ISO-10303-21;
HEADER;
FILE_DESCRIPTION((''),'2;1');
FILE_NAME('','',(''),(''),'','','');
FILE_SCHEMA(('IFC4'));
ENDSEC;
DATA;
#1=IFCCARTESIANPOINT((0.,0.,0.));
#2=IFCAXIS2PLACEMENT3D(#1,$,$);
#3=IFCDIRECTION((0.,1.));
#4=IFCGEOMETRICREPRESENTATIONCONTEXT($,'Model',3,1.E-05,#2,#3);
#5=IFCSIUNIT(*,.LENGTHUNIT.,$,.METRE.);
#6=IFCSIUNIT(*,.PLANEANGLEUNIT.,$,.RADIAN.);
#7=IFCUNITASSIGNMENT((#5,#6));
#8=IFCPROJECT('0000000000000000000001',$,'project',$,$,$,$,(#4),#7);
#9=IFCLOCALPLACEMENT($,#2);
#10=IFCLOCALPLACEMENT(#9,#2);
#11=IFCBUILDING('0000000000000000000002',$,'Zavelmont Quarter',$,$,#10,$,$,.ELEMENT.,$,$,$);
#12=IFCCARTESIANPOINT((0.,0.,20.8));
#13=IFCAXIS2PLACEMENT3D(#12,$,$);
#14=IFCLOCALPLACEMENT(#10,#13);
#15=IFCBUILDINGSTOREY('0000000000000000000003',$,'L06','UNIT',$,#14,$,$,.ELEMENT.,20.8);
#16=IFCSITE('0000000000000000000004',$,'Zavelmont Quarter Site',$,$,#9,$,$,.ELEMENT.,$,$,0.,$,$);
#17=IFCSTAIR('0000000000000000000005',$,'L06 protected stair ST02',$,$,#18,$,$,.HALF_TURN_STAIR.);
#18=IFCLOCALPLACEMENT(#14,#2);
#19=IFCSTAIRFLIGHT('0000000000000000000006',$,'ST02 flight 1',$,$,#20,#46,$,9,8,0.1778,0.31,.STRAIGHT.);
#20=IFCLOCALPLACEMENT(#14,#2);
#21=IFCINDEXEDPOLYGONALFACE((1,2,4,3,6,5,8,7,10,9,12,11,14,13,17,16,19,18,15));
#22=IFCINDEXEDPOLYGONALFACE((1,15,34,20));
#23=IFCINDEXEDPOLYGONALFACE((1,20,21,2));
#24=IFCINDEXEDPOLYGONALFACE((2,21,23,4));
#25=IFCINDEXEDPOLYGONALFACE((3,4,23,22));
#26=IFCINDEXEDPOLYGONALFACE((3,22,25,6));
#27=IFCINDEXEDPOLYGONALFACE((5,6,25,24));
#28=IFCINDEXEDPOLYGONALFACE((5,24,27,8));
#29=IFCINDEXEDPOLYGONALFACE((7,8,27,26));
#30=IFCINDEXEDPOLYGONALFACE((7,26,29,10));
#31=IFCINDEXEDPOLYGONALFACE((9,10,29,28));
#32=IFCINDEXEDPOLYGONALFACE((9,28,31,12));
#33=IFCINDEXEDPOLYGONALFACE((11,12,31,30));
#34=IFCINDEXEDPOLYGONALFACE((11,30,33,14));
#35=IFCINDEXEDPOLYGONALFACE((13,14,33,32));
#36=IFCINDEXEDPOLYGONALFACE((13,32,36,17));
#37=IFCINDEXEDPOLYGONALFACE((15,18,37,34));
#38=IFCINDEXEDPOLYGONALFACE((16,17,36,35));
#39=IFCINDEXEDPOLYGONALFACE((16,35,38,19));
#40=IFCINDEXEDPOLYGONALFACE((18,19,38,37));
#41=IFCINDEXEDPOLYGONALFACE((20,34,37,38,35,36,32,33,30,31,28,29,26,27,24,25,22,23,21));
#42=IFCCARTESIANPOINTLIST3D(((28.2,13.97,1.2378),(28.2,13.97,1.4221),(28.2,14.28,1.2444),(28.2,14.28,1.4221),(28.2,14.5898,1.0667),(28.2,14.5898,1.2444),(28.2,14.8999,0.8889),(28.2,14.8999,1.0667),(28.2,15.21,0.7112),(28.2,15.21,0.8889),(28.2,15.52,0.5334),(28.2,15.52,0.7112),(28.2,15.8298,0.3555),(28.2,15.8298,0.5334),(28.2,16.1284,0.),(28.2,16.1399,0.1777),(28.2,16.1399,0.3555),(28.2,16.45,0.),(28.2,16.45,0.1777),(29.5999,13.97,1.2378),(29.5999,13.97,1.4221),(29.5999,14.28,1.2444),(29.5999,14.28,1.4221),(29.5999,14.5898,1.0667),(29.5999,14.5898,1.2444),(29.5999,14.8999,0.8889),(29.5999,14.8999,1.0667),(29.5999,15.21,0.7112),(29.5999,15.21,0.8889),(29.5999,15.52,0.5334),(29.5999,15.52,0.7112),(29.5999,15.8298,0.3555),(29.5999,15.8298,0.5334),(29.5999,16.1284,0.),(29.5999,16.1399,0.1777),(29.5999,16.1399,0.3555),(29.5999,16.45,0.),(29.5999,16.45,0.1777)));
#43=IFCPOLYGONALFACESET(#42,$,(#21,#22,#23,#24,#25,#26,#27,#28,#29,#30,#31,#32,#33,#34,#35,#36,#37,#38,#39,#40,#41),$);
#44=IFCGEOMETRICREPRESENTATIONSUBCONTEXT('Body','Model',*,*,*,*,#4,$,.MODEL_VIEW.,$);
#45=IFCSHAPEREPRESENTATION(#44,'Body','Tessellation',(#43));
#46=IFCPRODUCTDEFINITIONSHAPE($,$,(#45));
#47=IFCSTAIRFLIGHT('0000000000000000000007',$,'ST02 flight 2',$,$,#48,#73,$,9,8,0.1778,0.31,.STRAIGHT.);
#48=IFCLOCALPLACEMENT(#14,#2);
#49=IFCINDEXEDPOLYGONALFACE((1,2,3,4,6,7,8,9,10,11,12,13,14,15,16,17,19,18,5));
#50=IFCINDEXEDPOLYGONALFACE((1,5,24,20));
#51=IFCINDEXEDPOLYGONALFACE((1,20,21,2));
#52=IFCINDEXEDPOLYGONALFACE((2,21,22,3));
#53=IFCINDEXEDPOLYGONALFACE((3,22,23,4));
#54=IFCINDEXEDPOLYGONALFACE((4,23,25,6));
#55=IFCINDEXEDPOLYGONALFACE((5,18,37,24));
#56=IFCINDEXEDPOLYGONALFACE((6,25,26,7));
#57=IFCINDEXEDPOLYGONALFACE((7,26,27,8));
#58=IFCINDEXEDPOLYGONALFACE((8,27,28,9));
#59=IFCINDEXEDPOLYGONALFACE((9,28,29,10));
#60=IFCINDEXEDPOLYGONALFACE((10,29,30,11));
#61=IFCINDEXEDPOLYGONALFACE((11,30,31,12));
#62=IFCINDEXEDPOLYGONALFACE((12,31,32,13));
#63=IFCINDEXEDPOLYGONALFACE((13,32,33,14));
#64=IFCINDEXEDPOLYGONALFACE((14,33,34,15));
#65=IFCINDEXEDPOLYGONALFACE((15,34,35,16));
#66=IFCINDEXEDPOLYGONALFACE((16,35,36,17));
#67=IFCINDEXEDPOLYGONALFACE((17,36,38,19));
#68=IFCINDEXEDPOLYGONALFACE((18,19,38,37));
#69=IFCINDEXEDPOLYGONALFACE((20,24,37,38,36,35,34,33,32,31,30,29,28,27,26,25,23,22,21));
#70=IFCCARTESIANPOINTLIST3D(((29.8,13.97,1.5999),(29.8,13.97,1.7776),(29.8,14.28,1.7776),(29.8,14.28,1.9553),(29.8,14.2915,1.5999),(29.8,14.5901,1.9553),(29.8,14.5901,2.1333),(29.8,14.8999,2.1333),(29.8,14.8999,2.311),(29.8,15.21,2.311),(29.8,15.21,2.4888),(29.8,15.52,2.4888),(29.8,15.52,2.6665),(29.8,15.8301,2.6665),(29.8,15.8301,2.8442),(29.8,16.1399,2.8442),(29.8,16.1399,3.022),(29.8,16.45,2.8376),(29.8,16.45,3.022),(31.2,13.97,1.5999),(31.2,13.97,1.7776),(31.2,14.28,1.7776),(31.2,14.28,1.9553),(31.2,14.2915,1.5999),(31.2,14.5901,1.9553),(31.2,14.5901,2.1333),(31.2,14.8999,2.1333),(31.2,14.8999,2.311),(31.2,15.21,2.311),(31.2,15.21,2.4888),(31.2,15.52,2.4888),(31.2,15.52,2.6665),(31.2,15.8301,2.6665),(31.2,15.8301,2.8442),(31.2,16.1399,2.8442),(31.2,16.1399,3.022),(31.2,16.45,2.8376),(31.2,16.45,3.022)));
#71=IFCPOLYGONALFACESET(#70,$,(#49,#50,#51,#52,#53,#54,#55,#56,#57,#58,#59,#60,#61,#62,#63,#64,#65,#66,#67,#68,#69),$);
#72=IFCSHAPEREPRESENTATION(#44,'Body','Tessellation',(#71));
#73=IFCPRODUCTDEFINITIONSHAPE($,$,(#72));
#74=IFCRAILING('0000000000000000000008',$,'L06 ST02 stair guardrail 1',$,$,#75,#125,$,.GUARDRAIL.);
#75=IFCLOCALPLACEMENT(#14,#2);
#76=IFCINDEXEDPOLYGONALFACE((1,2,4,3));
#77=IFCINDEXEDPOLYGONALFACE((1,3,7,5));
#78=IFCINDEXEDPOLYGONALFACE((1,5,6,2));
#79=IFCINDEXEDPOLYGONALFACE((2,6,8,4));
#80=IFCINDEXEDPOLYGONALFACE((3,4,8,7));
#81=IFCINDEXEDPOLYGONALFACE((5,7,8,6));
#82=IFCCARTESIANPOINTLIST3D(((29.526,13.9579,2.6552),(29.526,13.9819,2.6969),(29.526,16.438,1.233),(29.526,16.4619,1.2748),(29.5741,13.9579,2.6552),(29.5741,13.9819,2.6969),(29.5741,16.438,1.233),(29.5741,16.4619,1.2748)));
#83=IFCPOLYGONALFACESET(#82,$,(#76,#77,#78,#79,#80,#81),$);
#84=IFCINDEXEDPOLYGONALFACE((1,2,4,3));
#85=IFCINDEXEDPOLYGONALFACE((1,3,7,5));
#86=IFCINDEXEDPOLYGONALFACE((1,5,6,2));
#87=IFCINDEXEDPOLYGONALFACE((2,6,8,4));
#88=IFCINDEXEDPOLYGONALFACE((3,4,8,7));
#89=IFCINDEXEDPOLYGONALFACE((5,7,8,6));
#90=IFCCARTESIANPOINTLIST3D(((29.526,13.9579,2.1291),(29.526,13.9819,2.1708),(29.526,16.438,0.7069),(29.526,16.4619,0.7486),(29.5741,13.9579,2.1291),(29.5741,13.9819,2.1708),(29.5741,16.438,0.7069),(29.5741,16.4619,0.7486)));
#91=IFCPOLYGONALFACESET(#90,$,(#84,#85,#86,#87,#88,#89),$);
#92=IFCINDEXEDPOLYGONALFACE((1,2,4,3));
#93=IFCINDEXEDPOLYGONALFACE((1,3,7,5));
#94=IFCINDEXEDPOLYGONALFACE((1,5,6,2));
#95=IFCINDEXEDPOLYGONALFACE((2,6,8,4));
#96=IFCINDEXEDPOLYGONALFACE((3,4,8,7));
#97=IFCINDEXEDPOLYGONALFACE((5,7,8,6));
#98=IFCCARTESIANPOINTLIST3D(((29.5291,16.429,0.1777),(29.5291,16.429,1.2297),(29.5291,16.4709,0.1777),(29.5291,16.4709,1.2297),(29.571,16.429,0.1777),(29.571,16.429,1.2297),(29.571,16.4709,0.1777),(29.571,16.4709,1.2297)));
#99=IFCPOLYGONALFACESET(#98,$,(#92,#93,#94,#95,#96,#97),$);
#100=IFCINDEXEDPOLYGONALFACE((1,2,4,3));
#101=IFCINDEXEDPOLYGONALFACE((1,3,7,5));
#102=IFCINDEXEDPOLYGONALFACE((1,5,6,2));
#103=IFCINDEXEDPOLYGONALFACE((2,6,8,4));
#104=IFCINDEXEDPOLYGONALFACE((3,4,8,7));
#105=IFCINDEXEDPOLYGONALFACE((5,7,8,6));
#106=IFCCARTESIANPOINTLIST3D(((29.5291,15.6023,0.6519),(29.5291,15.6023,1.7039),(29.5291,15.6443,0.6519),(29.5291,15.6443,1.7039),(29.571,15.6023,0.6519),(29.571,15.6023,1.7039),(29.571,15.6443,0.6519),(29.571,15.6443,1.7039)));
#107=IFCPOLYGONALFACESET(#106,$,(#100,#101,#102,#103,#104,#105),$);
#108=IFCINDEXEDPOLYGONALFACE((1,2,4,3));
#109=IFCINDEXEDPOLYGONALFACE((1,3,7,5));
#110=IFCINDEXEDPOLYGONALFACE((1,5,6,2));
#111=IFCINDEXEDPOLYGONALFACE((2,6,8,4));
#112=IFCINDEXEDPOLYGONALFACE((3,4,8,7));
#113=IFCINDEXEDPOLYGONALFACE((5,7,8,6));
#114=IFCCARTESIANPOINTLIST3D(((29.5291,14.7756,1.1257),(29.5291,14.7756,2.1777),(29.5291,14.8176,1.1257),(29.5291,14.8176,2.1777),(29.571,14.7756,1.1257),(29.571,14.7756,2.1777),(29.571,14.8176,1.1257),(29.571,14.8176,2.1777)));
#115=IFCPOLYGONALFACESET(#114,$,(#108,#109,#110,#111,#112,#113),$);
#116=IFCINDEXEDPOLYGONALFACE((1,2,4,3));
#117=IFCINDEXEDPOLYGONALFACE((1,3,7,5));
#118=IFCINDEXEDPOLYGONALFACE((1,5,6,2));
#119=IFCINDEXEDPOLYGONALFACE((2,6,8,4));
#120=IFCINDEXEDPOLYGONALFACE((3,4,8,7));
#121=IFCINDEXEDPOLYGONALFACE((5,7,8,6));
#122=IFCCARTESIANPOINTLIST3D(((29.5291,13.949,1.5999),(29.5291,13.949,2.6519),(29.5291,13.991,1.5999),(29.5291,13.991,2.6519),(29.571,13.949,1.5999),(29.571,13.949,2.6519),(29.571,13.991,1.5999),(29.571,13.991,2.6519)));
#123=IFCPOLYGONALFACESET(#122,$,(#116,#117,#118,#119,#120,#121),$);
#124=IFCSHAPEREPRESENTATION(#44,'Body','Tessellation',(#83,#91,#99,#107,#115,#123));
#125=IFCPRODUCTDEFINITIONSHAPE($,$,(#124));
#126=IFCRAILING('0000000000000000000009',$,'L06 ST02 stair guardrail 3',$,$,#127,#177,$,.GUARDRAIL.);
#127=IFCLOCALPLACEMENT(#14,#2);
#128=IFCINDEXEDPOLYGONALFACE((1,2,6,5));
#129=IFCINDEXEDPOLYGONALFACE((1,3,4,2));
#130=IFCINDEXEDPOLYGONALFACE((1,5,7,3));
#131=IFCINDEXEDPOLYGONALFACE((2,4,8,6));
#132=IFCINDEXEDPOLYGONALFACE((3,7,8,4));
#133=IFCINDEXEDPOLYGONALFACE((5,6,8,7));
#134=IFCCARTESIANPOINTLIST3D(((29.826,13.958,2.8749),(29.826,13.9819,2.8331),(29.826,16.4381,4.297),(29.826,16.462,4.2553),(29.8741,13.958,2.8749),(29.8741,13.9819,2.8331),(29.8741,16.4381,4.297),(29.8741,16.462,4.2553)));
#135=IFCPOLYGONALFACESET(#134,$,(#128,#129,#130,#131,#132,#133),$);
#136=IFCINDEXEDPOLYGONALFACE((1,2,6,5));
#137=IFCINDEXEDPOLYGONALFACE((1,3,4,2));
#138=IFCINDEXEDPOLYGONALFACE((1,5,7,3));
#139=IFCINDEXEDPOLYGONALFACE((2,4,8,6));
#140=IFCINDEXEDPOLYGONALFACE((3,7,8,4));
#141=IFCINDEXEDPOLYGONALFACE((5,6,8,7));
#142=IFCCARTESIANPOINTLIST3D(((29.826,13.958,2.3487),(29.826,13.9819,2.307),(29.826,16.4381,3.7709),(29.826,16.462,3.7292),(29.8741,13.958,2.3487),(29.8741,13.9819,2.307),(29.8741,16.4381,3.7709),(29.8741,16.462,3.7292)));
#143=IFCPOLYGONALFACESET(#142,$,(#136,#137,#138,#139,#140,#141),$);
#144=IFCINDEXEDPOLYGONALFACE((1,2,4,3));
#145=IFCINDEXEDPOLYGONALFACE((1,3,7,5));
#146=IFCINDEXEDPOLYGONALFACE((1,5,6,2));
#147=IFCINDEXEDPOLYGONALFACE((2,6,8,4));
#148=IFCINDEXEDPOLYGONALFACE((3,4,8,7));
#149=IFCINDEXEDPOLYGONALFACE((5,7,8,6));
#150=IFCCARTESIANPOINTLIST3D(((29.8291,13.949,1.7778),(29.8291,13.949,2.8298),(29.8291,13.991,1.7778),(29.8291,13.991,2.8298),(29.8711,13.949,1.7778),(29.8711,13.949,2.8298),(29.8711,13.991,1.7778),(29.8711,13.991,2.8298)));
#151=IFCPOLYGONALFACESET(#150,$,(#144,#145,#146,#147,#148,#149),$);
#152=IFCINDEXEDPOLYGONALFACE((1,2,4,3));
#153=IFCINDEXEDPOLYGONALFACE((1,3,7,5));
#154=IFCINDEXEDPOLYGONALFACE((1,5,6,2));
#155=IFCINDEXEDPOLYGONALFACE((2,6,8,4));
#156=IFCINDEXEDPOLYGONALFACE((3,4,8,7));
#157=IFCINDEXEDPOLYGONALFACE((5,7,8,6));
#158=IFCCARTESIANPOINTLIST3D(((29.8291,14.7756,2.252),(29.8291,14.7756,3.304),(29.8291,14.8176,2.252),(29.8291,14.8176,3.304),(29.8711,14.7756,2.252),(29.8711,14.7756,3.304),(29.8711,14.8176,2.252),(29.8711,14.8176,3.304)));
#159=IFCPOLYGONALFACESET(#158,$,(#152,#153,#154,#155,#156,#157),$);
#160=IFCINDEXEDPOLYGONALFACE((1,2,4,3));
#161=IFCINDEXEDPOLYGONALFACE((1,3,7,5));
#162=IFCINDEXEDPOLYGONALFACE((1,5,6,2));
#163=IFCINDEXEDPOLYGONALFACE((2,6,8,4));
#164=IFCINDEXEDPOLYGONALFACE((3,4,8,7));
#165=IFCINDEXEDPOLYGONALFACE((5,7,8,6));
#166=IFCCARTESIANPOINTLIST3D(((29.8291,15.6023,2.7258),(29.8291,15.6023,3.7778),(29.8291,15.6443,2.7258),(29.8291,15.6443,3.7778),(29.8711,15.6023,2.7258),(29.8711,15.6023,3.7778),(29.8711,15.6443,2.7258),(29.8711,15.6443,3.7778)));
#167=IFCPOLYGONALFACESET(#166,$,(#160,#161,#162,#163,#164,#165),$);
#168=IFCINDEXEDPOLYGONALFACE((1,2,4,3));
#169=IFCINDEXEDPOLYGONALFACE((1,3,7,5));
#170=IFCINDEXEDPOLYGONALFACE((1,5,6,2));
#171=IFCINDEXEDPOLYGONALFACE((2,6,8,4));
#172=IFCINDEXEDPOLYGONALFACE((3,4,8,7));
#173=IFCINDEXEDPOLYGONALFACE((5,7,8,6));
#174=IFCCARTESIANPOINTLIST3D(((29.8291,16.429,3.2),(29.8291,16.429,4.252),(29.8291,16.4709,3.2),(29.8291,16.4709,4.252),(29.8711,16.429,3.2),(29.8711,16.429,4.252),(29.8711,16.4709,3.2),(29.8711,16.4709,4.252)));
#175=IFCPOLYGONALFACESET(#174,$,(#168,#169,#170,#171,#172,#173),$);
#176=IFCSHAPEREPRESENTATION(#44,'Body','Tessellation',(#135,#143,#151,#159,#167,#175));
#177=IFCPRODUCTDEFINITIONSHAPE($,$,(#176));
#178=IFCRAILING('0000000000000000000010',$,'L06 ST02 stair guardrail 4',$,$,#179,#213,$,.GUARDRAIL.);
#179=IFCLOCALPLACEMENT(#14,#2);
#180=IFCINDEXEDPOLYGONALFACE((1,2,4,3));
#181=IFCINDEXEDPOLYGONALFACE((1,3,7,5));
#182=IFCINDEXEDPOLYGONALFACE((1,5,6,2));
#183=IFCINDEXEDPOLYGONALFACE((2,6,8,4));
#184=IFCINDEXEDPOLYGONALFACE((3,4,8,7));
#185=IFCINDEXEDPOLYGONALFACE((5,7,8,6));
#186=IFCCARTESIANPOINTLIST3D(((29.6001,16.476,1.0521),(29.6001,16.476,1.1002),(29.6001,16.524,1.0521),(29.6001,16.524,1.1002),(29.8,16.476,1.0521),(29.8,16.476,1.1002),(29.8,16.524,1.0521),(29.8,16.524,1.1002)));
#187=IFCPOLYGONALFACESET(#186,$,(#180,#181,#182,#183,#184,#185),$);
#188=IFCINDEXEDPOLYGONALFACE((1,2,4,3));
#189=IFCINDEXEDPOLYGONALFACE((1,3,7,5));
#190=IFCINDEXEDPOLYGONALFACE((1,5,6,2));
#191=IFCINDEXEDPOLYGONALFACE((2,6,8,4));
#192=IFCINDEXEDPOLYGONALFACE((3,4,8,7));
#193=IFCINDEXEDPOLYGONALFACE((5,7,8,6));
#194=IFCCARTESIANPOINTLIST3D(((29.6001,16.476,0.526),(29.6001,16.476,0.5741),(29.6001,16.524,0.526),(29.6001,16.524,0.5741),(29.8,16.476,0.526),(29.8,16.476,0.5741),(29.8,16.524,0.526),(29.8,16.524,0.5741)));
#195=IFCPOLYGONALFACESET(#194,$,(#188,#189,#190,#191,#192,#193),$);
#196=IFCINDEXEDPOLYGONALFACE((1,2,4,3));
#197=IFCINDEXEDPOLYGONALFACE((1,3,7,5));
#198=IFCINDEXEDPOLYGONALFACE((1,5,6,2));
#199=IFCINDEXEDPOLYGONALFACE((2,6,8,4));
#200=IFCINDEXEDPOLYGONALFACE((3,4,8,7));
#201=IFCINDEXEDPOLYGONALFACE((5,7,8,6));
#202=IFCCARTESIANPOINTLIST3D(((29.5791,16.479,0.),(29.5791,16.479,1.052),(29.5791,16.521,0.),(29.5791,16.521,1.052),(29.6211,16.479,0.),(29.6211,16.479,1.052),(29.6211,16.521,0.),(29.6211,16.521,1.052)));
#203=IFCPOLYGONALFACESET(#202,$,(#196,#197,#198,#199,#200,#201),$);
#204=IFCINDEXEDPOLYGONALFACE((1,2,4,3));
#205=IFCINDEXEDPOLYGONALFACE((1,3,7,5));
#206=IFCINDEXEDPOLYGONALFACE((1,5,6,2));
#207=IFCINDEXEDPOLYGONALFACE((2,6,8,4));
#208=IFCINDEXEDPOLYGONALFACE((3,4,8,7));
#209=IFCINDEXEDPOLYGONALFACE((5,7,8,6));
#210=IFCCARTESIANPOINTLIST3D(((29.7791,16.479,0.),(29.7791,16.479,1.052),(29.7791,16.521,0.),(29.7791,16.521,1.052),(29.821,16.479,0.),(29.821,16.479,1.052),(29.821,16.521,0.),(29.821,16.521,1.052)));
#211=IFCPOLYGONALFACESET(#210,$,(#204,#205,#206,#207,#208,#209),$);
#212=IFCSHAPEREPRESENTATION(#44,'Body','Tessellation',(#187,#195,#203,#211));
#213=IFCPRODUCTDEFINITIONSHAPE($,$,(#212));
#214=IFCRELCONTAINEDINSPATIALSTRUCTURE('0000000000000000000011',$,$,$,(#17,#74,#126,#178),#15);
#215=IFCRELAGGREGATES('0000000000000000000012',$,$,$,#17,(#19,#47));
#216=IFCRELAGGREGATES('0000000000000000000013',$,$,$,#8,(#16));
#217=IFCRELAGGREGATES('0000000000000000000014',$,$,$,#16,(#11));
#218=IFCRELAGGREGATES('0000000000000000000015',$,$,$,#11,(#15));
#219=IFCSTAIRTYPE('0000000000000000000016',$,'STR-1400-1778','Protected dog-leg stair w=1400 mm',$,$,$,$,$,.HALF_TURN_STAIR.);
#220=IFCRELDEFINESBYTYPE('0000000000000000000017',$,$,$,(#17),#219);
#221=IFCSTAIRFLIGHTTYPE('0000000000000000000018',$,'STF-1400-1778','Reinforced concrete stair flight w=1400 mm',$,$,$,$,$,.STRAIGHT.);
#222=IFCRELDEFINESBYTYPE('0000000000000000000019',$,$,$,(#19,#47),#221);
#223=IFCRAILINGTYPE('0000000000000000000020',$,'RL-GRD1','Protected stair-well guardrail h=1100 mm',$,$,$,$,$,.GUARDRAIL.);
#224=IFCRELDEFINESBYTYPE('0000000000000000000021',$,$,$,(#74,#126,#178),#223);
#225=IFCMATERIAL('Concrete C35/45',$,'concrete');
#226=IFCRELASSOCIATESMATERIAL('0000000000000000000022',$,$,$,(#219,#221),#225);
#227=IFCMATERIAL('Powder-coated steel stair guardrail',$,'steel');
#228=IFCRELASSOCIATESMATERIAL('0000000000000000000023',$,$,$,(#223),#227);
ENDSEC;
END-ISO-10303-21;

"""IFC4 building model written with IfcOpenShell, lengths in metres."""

from ifc_helpers import new_model, si_unit, direction, frame, origin, origin_2d, place, context, subcontext, project, spatial, polyline, rectangle, outline, extrude, material, type_object, element, aggregate, save


model = new_model("IFC4")

# Units and contexts
model_context = context("Model", 3, precision=1e-05, world=origin(), true_north=direction((0.0, 1.0)))
body_context = subcontext(model_context, "Body", "Model", "MODEL_VIEW")
ifc_project = project(units=[si_unit("LENGTHUNIT", "METRE"), si_unit("PLANEANGLEUNIT", "RADIAN")], contexts=[model_context])

# Site, building, storey
site_placement = place(None, origin())
site = spatial("IfcSite", under=ifc_project, at=site_placement, Name="Zavelmont Quarter Site", CompositionType="ELEMENT", RefElevation=0.0)
building_placement = place(site_placement, origin())
building = spatial("IfcBuilding", under=site, at=building_placement, Name="Zavelmont Quarter", CompositionType="ELEMENT")
storey_placement = place(building_placement, frame((0.0, 0.0, 20.8)))
storey = spatial("IfcBuildingStorey", under=building, at=storey_placement, Name="L06", Description="UNIT", CompositionType="ELEMENT", Elevation=20.8)

# Shared definitions
ifc_material_1 = material(Name="Concrete C35/45", Category="concrete")

# Stair, stair flights
stair_type = type_object("IfcStairType", Name="STR-1400-1778", Description="Protected dog-leg stair w=1400 mm", PredefinedType="HALF_TURN_STAIR", material=ifc_material_1)
stair_placement = place(storey_placement, origin())
stair = element("IfcStair", 1, at=stair_placement, inside=storey, type_object=stair_type, Name="L06 protected stair ST02", PredefinedType="HALF_TURN_STAIR")
stair_flight_type = type_object("IfcStairFlightType", Name="STF-1400-1778", Description="Reinforced concrete stair flight w=1400 mm", PredefinedType="STRAIGHT", material=ifc_material_1)
stair_flight_1_placement = place(storey_placement, frame((28.8999, 16.45, 0.0), z_axis=(0.0, 0.0, 1.0), x_axis=(0.0, -1.0, 0.0)))
stair_flight_1 = element("IfcStairFlight", 2, at=stair_flight_1_placement, type_object=stair_flight_type, Name="ST02 flight 1", NumberOfRisers=9, NumberOfTreads=8, PredefinedType="STRAIGHT", RiserHeight=0.1778, TreadLength=0.31, context=body_context, shape_type="SweptSolid", body=[
    extrude(outline(polyline([(0.0, 0.0), (0.0, 0.1777), (0.3101, 0.1777), (0.3101, 0.3555), (0.6201, 0.3555), (0.6201, 0.5334), (0.9299, 0.5334), (0.9299, 0.7112), (1.24, 0.7112), (1.24, 0.8889), (1.55, 0.8889), (1.55, 1.0667), (1.8601, 1.0667), (1.8601, 1.2444), (2.1699, 1.2444), (2.1699, 1.4221), (2.48, 1.4221), (2.48, 1.6001), (2.48, 1.2378), (0.3215, 0.0), (0.0, 0.0)])), frame((0.0, 0.7, 0.0), z_axis=(0.0, -1.0, 0.0), x_axis=(1.0, 0.0, 0.0)), (0.0, 0.0, 1.0), 1.3999),
])
stair_flight_2_placement = place(storey_placement, frame((30.5, 13.97, 1.5999), z_axis=(0.0, 0.0, 1.0), x_axis=(0.0, 1.0, 0.0)))
stair_flight_2 = element("IfcStairFlight", 3, at=stair_flight_2_placement, type_object=stair_flight_type, Name="ST02 flight 2", NumberOfRisers=9, NumberOfTreads=8, PredefinedType="STRAIGHT", RiserHeight=0.1778, TreadLength=0.31, context=body_context, shape_type="SweptSolid", body=[
    extrude(outline(polyline([(0.0, 0.0), (0.0, 0.1777), (0.3101, 0.1777), (0.3101, 0.3555), (0.6201, 0.3555), (0.6201, 0.5334), (0.9299, 0.5334), (0.9299, 0.7112), (1.24, 0.7112), (1.24, 0.8889), (1.55, 0.8889), (1.55, 1.0667), (1.8601, 1.0667), (1.8601, 1.2444), (2.1699, 1.2444), (2.1699, 1.4221), (2.48, 1.4221), (2.48, 1.6001), (2.48, 1.2378), (0.3215, 0.0), (0.0, 0.0)])), frame((0.0, 0.7, 0.0), z_axis=(0.0, -1.0, 0.0), x_axis=(1.0, 0.0, 0.0)), (0.0, 0.0, 1.0), 1.3999),
])
aggregate(stair, [stair_flight_1, stair_flight_2])

# Railings
ifc_material_2 = material(Name="Powder-coated steel stair guardrail", Category="steel")
railing_type_1 = type_object("IfcRailingType", Name="RL-GRD1", Description="Protected stair-well guardrail h=1100 mm", PredefinedType="GUARDRAIL", material=ifc_material_2)
railing_1_placement = place(storey_placement, frame((29.55, 16.45, 0.1777)))
element("IfcRailing", 4, at=railing_1_placement, inside=storey, type_object=railing_type_1, Name="L06 ST02 stair guardrail 1", PredefinedType="GUARDRAIL", context=body_context, shape_type="SweptSolid", body=[
    extrude(rectangle(XDim=0.0481, YDim=0.0481, at=origin_2d()), frame((0.0, 0.0, 1.0762), z_axis=(0.0, -0.867491, 0.497454), x_axis=(1.0, 0.0, 0.0)), (0.0, 0.0, 1.0), 2.8589),
    extrude(rectangle(XDim=0.0481, YDim=0.0481, at=origin_2d()), frame((0.0, 0.0, 0.55), z_axis=(0.0, -0.867491, 0.497454), x_axis=(1.0, 0.0, 0.0)), (0.0, 0.0, 1.0), 2.8589),
    extrude(rectangle(XDim=0.042, YDim=0.042, at=origin_2d()), origin(), (0.0, 0.0, 1.0), 1.052),
    extrude(rectangle(XDim=0.042, YDim=0.042, at=origin_2d()), frame((0.0, -0.8267, 0.4741)), (0.0, 0.0, 1.0), 1.052),
    extrude(rectangle(XDim=0.042, YDim=0.042, at=origin_2d()), frame((0.0, -1.6533, 0.948)), (0.0, 0.0, 1.0), 1.052),
    extrude(rectangle(XDim=0.042, YDim=0.042, at=origin_2d()), frame((0.0, -2.48, 1.4221)), (0.0, 0.0, 1.0), 1.052),
])
railing_2_placement = place(storey_placement, frame((29.8501, 13.97, 1.7778)))
element("IfcRailing", 5, at=railing_2_placement, inside=storey, type_object=railing_type_1, Name="L06 ST02 stair guardrail 3", PredefinedType="GUARDRAIL", context=body_context, shape_type="SweptSolid", body=[
    extrude(rectangle(XDim=0.0481, YDim=0.0481, at=origin_2d()), frame((0.0, 0.0, 1.0762), z_axis=(0.0, 0.867491, 0.497454), x_axis=(-1.0, 0.0, 0.0)), (0.0, 0.0, 1.0), 2.8589),
    extrude(rectangle(XDim=0.0481, YDim=0.0481, at=origin_2d()), frame((0.0, 0.0, 0.55), z_axis=(0.0, 0.867491, 0.497454), x_axis=(-1.0, 0.0, 0.0)), (0.0, 0.0, 1.0), 2.8589),
    extrude(rectangle(XDim=0.042, YDim=0.042, at=origin_2d()), origin(), (0.0, 0.0, 1.0), 1.052),
    extrude(rectangle(XDim=0.042, YDim=0.042, at=origin_2d()), frame((0.0, 0.8267, 0.4741)), (0.0, 0.0, 1.0), 1.052),
    extrude(rectangle(XDim=0.042, YDim=0.042, at=origin_2d()), frame((0.0, 1.6533, 0.948)), (0.0, 0.0, 1.0), 1.052),
    extrude(rectangle(XDim=0.042, YDim=0.042, at=origin_2d()), frame((0.0, 2.48, 1.4221)), (0.0, 0.0, 1.0), 1.052),
])
railing_3_placement = place(storey_placement, frame((29.6001, 16.5, 0.0)))
element("IfcRailing", 6, at=railing_3_placement, inside=storey, type_object=railing_type_1, Name="L06 ST02 stair guardrail 4", PredefinedType="GUARDRAIL", context=body_context, shape_type="SweptSolid", body=[
    extrude(rectangle(XDim=0.0481, YDim=0.0481, at=origin_2d()), frame((0.0, 0.0, 1.0762), z_axis=(1.0, 0.0, 0.0), x_axis=(0.0, 1.0, 0.0)), (0.0, 0.0, 1.0), 0.2),
    extrude(rectangle(XDim=0.0481, YDim=0.0481, at=origin_2d()), frame((0.0, 0.0, 0.55), z_axis=(1.0, 0.0, 0.0), x_axis=(0.0, 1.0, 0.0)), (0.0, 0.0, 1.0), 0.2),
    extrude(rectangle(XDim=0.042, YDim=0.042, at=origin_2d()), origin(), (0.0, 0.0, 1.0), 1.052),
    extrude(rectangle(XDim=0.042, YDim=0.042, at=origin_2d()), frame((0.2, 0.0, 0.0)), (0.0, 0.0, 1.0), 1.052),
])

save(model, "model.ifc")
